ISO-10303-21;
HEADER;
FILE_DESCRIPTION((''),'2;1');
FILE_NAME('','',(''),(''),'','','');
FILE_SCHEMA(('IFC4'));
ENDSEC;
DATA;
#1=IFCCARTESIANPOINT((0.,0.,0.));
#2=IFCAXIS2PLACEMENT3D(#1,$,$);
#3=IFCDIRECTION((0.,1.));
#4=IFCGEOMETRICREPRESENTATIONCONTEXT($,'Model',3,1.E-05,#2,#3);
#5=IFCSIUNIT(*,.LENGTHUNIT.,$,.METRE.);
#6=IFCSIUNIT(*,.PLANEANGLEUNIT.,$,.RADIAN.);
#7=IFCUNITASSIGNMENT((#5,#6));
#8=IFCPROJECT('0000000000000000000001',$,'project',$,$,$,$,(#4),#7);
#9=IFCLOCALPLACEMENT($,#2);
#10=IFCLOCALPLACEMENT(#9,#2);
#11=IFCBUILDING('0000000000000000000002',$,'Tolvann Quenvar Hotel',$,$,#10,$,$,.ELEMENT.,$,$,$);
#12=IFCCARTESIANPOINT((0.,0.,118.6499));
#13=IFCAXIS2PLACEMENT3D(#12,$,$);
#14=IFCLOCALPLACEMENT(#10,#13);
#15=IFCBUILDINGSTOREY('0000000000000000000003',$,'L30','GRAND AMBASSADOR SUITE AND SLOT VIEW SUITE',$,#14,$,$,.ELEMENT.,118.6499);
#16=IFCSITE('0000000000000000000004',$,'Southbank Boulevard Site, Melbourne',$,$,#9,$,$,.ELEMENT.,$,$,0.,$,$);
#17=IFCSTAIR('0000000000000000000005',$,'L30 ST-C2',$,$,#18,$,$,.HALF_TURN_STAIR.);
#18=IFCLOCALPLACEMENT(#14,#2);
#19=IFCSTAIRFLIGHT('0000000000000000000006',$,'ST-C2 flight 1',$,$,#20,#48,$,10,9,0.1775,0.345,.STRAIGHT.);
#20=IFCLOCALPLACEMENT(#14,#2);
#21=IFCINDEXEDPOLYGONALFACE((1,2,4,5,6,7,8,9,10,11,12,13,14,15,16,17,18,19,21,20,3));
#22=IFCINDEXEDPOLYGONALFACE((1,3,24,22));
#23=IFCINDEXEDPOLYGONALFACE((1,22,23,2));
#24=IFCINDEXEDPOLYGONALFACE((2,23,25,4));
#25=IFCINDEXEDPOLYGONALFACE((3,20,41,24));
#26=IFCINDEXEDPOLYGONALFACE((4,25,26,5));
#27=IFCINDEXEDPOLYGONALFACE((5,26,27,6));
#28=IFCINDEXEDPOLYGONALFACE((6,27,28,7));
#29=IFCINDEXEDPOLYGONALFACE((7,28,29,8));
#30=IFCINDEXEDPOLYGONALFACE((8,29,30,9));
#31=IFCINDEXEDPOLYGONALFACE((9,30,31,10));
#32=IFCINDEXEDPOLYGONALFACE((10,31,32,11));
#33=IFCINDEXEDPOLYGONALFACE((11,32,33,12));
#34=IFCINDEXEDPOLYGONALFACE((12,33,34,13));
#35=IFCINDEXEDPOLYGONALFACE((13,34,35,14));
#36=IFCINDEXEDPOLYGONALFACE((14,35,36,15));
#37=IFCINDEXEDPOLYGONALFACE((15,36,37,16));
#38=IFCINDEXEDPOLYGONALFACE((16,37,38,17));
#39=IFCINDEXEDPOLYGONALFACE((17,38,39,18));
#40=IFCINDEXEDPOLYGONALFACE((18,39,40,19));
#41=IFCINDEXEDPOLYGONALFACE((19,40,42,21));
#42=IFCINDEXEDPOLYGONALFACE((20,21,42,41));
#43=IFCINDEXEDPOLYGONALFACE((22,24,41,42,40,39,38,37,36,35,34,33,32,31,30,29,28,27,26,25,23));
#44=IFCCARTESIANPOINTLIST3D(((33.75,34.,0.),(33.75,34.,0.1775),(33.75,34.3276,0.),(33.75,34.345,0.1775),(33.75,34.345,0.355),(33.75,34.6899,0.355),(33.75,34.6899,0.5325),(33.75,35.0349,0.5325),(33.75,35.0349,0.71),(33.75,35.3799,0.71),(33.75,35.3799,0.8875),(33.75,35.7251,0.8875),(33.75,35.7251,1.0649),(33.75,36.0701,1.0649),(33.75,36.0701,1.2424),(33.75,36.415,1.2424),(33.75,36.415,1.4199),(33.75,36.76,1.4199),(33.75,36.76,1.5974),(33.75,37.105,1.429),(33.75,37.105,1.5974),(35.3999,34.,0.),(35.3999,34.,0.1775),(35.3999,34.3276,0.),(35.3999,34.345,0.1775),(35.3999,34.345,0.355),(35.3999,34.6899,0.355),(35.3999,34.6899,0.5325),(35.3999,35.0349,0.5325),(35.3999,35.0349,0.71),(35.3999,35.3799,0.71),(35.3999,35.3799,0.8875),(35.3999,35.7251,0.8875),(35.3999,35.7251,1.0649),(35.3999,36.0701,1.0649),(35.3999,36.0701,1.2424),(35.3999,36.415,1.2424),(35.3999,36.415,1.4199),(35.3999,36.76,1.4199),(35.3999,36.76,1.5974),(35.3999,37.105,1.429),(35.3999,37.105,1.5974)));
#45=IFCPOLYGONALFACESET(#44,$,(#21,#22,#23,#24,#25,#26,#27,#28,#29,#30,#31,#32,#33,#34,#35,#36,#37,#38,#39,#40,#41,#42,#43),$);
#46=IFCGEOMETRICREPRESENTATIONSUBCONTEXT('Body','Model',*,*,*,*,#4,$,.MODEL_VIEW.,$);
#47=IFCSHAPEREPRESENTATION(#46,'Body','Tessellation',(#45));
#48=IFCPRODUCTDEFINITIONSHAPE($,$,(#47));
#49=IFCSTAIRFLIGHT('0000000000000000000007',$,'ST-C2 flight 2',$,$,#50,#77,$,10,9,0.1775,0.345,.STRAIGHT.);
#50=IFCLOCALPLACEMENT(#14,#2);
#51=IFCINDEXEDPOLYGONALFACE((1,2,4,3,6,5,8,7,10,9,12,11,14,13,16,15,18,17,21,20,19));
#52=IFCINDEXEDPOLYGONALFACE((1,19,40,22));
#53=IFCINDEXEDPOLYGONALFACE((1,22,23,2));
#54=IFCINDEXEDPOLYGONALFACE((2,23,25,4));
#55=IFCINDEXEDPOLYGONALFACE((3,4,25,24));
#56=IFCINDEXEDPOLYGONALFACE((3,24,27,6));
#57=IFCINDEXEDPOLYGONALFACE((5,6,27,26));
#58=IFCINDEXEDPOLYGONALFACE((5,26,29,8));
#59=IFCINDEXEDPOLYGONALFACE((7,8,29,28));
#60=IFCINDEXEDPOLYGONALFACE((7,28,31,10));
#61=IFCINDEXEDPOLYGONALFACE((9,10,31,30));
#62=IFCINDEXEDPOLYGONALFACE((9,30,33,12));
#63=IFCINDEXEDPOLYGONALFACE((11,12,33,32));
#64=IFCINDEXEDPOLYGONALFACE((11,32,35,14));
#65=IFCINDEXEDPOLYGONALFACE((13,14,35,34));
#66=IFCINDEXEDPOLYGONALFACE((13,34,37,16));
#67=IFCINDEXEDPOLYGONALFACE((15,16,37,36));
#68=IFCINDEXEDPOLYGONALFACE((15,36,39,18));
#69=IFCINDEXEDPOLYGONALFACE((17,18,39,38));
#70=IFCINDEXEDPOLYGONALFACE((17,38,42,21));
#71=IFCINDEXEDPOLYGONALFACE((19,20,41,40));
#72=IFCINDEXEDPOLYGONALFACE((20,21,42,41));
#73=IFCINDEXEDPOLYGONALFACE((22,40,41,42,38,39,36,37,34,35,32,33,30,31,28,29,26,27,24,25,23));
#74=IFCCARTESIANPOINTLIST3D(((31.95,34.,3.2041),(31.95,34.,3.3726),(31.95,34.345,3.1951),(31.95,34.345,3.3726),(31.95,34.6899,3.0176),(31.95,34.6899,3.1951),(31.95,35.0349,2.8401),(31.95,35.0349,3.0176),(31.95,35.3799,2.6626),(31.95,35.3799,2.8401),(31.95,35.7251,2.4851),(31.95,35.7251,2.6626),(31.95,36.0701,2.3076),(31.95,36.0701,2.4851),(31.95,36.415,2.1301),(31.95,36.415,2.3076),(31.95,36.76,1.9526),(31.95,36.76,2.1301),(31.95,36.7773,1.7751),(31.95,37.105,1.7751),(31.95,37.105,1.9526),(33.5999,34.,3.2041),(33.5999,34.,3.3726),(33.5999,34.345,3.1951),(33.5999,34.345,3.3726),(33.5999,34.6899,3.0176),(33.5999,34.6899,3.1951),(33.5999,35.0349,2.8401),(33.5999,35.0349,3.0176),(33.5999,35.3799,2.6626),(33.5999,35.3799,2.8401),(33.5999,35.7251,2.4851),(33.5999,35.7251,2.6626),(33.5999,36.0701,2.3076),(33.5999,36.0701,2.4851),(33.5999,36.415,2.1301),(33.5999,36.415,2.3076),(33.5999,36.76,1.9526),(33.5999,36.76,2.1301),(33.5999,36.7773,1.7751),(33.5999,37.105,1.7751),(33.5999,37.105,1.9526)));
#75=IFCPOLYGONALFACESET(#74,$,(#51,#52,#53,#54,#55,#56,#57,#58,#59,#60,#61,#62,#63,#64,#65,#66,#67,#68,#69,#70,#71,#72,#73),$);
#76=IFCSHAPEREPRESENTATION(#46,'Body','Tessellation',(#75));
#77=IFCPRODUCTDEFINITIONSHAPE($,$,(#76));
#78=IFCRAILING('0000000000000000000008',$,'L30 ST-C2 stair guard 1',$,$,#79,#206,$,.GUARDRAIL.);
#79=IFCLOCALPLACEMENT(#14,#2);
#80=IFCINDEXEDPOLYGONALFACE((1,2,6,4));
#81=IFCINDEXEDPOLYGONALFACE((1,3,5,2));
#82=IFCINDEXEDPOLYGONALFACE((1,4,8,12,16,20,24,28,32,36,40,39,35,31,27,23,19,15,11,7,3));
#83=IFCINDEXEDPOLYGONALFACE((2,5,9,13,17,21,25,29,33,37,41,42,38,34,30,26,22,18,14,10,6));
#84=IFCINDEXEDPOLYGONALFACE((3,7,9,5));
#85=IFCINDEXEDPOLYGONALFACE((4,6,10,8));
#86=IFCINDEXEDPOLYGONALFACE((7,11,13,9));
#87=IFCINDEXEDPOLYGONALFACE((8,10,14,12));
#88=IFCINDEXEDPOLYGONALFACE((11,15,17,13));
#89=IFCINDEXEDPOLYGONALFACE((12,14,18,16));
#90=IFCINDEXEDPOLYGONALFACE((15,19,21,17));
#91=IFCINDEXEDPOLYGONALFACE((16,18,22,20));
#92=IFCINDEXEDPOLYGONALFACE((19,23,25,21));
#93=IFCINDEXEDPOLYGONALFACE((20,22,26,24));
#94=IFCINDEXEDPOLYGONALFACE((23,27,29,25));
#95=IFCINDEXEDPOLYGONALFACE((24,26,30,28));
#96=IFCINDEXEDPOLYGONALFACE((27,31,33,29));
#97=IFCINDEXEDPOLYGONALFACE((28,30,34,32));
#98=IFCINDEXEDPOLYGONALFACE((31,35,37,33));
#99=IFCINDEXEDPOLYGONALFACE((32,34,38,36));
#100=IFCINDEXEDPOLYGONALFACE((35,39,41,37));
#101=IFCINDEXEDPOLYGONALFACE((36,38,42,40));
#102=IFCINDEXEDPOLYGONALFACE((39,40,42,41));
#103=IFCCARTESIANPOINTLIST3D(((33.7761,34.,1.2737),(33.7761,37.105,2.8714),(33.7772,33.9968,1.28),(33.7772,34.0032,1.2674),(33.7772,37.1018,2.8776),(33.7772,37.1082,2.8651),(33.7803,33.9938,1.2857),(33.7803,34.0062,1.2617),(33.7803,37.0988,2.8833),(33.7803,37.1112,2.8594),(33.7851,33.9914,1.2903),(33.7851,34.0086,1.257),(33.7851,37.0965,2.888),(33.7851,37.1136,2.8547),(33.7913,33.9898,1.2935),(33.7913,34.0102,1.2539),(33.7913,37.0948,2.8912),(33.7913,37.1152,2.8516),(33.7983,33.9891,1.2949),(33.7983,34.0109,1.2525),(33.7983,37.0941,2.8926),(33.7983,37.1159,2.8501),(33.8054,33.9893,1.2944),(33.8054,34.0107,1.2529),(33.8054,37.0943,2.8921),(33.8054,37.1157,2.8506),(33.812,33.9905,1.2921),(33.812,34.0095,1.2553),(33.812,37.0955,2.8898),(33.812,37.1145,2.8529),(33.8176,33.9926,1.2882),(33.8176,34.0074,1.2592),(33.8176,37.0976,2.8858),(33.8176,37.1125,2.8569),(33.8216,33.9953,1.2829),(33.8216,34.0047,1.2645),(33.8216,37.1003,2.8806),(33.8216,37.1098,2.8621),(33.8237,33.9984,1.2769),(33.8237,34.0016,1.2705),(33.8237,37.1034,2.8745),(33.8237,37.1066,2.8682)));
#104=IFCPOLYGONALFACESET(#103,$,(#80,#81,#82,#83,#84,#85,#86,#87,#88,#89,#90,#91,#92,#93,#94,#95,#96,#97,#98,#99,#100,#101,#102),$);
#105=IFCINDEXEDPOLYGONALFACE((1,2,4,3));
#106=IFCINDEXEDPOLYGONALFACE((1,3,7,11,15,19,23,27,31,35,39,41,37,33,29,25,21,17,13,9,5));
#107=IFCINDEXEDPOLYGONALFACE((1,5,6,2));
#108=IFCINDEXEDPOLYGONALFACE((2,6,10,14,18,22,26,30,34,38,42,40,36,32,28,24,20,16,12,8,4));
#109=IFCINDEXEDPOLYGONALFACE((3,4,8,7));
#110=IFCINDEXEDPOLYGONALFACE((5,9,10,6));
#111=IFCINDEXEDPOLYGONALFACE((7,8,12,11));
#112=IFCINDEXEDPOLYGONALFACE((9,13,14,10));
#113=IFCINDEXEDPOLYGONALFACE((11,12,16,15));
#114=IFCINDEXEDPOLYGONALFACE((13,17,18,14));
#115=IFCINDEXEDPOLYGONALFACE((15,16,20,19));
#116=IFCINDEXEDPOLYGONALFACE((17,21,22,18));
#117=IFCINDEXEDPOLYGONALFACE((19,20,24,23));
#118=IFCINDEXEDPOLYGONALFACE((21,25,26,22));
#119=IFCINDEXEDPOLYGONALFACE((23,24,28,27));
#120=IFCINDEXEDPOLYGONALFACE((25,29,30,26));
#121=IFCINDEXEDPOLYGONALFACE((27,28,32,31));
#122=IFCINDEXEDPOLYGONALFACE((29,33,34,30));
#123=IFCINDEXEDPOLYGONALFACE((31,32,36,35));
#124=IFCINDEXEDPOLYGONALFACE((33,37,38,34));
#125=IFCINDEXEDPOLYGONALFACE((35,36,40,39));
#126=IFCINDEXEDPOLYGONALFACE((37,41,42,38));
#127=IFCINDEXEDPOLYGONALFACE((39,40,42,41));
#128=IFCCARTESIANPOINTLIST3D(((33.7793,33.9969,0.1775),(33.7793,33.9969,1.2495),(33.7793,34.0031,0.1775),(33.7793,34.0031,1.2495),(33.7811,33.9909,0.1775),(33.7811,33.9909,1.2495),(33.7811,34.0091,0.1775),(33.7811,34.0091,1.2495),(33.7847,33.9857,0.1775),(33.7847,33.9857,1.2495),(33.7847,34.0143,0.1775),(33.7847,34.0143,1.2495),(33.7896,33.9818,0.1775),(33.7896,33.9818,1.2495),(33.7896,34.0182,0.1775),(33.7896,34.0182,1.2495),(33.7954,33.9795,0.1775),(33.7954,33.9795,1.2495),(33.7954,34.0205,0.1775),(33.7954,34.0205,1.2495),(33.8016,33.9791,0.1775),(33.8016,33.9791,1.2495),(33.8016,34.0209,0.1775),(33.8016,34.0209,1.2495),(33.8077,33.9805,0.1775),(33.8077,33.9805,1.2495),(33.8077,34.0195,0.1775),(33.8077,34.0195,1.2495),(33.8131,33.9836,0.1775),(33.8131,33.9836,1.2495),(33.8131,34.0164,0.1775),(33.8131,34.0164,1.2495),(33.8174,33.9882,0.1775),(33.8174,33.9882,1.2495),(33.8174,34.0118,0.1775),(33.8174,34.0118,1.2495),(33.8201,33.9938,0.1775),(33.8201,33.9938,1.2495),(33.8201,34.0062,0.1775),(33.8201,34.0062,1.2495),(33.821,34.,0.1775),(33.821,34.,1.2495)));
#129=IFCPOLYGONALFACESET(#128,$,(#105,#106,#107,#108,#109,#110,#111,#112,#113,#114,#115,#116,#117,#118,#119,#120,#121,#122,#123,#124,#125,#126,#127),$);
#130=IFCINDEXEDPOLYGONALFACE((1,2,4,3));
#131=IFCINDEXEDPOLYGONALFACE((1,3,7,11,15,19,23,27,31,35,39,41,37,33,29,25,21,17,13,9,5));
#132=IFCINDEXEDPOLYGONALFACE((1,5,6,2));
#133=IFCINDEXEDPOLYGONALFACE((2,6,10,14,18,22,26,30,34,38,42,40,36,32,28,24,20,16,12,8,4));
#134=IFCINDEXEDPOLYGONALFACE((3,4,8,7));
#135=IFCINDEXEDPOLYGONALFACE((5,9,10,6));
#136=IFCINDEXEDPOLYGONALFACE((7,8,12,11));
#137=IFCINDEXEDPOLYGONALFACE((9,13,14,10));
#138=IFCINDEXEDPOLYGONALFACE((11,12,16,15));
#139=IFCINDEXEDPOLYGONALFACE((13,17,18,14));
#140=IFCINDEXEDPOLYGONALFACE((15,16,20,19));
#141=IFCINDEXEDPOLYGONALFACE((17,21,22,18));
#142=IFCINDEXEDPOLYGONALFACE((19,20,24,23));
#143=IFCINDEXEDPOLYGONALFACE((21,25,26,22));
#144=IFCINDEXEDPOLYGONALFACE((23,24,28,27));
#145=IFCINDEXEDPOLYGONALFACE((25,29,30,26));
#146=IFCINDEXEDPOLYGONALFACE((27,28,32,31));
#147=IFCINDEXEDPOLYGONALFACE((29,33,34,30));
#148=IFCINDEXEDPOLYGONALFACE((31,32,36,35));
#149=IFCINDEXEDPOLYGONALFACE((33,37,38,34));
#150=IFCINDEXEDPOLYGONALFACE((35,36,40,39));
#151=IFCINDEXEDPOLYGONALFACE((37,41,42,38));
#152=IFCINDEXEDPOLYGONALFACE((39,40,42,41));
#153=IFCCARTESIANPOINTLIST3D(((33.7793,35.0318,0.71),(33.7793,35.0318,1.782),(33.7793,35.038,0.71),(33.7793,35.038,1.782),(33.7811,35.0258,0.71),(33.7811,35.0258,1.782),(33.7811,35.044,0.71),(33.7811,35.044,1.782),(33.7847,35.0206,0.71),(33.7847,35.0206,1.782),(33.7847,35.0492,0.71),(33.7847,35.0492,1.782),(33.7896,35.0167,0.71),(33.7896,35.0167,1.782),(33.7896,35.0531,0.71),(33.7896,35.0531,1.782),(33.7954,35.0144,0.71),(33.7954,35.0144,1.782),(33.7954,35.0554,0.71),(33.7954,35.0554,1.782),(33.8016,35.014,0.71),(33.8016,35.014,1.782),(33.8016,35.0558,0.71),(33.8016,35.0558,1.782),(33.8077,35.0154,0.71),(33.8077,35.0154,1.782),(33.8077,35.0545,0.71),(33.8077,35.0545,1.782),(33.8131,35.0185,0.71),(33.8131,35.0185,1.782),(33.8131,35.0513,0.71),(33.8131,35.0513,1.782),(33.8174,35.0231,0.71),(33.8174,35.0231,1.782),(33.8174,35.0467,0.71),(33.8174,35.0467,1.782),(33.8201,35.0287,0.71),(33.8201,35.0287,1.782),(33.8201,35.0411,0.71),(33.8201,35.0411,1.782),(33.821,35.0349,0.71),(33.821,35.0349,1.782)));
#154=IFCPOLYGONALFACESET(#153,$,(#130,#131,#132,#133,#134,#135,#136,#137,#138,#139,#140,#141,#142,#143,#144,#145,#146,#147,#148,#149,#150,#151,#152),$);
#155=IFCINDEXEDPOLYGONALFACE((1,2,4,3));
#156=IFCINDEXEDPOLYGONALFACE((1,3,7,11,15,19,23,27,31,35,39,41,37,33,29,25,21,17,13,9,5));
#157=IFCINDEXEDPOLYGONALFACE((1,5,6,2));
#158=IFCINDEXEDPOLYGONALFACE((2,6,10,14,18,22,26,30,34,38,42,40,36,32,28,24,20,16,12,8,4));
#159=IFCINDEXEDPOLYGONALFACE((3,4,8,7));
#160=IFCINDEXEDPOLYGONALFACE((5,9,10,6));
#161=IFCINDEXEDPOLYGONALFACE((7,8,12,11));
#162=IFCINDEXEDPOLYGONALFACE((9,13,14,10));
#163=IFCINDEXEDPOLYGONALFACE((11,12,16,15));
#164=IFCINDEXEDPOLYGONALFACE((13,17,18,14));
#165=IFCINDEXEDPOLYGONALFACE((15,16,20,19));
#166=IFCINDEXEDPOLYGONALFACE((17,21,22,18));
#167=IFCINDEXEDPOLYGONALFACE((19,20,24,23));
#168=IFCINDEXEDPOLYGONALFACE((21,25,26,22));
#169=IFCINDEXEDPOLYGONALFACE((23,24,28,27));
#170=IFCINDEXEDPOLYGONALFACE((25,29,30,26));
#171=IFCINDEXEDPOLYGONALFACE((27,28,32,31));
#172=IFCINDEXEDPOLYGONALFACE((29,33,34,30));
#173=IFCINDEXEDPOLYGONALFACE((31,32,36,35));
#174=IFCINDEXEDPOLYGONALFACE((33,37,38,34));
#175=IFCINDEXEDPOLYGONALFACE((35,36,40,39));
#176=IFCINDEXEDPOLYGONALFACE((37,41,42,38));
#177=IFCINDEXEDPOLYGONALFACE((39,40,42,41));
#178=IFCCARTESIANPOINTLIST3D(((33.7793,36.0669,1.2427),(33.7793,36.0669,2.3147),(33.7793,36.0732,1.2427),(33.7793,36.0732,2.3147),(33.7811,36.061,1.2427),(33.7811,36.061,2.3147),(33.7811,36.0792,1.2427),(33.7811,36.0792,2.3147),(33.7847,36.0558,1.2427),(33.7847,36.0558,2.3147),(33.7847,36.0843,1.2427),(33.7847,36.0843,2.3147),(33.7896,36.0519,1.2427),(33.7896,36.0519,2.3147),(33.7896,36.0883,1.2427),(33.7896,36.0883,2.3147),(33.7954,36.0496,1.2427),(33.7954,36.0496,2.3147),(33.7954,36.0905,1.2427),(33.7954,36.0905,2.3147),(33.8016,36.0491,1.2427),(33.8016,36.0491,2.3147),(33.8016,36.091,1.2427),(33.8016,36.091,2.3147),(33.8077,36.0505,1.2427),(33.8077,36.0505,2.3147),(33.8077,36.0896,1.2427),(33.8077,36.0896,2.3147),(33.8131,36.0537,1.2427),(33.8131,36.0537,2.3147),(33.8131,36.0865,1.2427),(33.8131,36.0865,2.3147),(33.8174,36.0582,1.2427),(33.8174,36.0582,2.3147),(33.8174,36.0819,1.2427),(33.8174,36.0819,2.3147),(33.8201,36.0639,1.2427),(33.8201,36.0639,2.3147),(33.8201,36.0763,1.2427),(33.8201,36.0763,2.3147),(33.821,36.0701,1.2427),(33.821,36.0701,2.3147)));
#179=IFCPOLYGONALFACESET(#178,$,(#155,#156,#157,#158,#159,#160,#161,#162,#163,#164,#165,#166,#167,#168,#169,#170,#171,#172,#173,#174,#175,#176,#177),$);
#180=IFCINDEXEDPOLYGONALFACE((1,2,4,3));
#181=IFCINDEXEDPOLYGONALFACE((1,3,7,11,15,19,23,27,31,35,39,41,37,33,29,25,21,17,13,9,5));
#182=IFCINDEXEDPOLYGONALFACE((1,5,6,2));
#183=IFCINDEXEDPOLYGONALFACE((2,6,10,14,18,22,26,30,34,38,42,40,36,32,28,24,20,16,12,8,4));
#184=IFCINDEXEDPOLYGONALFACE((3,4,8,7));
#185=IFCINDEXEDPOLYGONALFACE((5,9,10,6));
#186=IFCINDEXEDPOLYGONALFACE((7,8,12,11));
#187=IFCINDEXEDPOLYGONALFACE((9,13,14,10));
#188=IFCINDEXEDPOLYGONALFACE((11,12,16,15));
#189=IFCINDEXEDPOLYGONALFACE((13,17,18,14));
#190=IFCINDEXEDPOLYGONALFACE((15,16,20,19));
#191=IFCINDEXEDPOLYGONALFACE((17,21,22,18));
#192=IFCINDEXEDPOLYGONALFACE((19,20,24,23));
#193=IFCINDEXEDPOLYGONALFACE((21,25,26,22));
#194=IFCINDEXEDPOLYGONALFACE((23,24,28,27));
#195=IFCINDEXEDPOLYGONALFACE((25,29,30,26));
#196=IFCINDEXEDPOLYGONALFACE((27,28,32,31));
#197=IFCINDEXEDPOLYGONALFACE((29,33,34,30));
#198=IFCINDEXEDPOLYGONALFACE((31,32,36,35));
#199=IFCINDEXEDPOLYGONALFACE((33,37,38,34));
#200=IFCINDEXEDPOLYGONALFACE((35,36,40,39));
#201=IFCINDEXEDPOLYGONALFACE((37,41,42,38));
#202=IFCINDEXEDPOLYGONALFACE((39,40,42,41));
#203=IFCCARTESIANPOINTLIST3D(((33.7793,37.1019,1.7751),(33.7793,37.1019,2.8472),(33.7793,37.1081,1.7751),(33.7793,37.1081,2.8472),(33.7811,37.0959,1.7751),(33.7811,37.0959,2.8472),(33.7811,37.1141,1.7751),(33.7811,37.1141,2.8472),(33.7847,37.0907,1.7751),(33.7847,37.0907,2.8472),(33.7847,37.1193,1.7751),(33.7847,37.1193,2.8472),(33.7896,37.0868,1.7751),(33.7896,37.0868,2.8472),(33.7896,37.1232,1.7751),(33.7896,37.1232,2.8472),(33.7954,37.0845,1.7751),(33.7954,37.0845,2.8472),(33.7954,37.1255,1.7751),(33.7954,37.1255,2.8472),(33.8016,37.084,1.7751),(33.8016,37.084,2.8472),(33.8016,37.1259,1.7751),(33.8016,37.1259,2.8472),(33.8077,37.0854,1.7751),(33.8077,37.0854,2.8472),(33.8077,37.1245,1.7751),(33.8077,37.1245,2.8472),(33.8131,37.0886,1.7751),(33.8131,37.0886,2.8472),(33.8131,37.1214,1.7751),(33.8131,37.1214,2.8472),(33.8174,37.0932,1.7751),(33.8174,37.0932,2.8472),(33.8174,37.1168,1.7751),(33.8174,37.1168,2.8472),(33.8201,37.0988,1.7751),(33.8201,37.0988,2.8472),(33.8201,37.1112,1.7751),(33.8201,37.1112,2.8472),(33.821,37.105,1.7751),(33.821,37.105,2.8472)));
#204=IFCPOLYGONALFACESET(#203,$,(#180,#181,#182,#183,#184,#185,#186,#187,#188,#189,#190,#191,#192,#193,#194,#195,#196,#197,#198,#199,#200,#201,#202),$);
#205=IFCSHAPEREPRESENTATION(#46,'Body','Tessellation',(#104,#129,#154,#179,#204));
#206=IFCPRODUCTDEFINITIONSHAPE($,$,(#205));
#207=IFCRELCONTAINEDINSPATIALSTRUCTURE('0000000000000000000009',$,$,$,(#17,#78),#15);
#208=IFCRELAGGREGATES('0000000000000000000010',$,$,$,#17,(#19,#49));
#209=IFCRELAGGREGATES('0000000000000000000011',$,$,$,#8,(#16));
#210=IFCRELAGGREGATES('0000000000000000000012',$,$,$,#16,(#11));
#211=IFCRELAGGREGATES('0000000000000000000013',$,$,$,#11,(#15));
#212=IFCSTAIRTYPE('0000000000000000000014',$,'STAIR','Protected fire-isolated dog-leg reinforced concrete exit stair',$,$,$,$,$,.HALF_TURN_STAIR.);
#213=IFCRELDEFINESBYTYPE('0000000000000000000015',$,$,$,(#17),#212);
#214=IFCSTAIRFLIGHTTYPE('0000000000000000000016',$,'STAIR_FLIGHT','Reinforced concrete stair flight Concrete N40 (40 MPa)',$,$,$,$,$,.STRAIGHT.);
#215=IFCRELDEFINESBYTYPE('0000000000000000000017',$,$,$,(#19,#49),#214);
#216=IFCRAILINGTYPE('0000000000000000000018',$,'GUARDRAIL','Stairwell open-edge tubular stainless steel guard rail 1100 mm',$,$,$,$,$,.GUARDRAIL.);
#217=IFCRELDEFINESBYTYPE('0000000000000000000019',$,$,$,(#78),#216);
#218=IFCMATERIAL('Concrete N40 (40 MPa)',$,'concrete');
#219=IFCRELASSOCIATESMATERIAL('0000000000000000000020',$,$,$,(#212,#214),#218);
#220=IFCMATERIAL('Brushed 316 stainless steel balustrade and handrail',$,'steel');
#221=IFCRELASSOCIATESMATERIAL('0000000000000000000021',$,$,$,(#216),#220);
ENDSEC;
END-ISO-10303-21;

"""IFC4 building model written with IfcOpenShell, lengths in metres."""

from ifc_helpers import new_model, si_unit, direction, frame, origin, origin_2d, place, context, subcontext, project, spatial, polyline, circle, outline, extrude, material, type_object, element, aggregate, save


model = new_model("IFC4")

# Units and contexts
model_context = context("Model", 3, precision=1e-05, world=origin(), true_north=direction((0.0, 1.0)))
body_context = subcontext(model_context, "Body", "Model", "MODEL_VIEW")
ifc_project = project(units=[si_unit("LENGTHUNIT", "METRE"), si_unit("PLANEANGLEUNIT", "RADIAN")], contexts=[model_context])

# Site, building, storey
site_placement = place(None, origin())
site = spatial("IfcSite", under=ifc_project, at=site_placement, Name="Southbank Boulevard Site, Melbourne", CompositionType="ELEMENT", RefElevation=0.0)
building_placement = place(site_placement, origin())
building = spatial("IfcBuilding", under=site, at=building_placement, Name="Tolvann Quenvar Hotel", CompositionType="ELEMENT")
storey_placement = place(building_placement, frame((0.0, 0.0, 118.6499)))
storey = spatial("IfcBuildingStorey", under=building, at=storey_placement, Name="L30", Description="GRAND AMBASSADOR SUITE AND SLOT VIEW SUITE", CompositionType="ELEMENT", Elevation=118.6499)

# Shared definitions
ifc_material_1 = material(Name="Concrete N40 (40 MPa)", Category="concrete")

# Stair, stair flights
stair_type = type_object("IfcStairType", Name="STAIR", Description="Protected fire-isolated dog-leg reinforced concrete exit stair", PredefinedType="HALF_TURN_STAIR", material=ifc_material_1)
stair_placement = place(storey_placement, origin())
stair = element("IfcStair", 1, at=stair_placement, inside=storey, type_object=stair_type, Name="L30 ST-C2", PredefinedType="HALF_TURN_STAIR")
stair_flight_type = type_object("IfcStairFlightType", Name="STAIR_FLIGHT", Description="Reinforced concrete stair flight Concrete N40 (40 MPa)", PredefinedType="STRAIGHT", material=ifc_material_1)
stair_flight_1_placement = place(storey_placement, frame((34.575, 34.0, 0.0), z_axis=(0.0, 0.0, 1.0), x_axis=(0.0, 1.0, 0.0)))
stair_flight_1 = element("IfcStairFlight", 2, at=stair_flight_1_placement, type_object=stair_flight_type, Name="ST-C2 flight 1", NumberOfRisers=10, NumberOfTreads=9, PredefinedType="STRAIGHT", RiserHeight=0.1775, TreadLength=0.345, context=body_context, shape_type="SweptSolid", body=[
    extrude(outline(polyline([(0.0, 0.0), (0.0, 0.1775), (0.345, 0.1775), (0.345, 0.355), (0.6899, 0.355), (0.6899, 0.5325), (1.0349, 0.5325), (1.0349, 0.71), (1.3799, 0.71), (1.3799, 0.8875), (1.7251, 0.8875), (1.7251, 1.0649), (2.0701, 1.0649), (2.0701, 1.2424), (2.415, 1.2424), (2.415, 1.4199), (2.76, 1.4199), (2.76, 1.5974), (3.105, 1.5974), (3.105, 1.7749), (3.105, 1.429), (0.3276, 0.0), (0.0, 0.0)])), frame((0.0, 0.825, 0.0), z_axis=(0.0, -1.0, 0.0), x_axis=(1.0, 0.0, 0.0)), (0.0, 0.0, 1.0), 1.6499),
])
stair_flight_2_placement = place(storey_placement, frame((32.7749, 37.105, 1.7751), z_axis=(0.0, 0.0, 1.0), x_axis=(0.0, -1.0, 0.0)))
stair_flight_2 = element("IfcStairFlight", 3, at=stair_flight_2_placement, type_object=stair_flight_type, Name="ST-C2 flight 2", NumberOfRisers=10, NumberOfTreads=9, PredefinedType="STRAIGHT", RiserHeight=0.1775, TreadLength=0.345, context=body_context, shape_type="SweptSolid", body=[
    extrude(outline(polyline([(0.0, 0.0), (0.0, 0.1775), (0.345, 0.1775), (0.345, 0.355), (0.6899, 0.355), (0.6899, 0.5325), (1.0349, 0.5325), (1.0349, 0.71), (1.3799, 0.71), (1.3799, 0.8875), (1.7251, 0.8875), (1.7251, 1.0649), (2.0701, 1.0649), (2.0701, 1.2424), (2.415, 1.2424), (2.415, 1.4199), (2.76, 1.4199), (2.76, 1.5974), (3.105, 1.5974), (3.105, 1.7749), (3.105, 1.429), (0.3276, 0.0), (0.0, 0.0)])), frame((0.0, 0.825, 0.0), z_axis=(0.0, -1.0, 0.0), x_axis=(1.0, 0.0, 0.0)), (0.0, 0.0, 1.0), 1.6499),
])
aggregate(stair, [stair_flight_1, stair_flight_2])

# Railing
ifc_material_2 = material(Name="Brushed 316 stainless steel balustrade and handrail", Category="steel")
railing_type_1 = type_object("IfcRailingType", Name="GUARDRAIL", Description="Stairwell open-edge tubular stainless steel guard rail 1100 mm", PredefinedType="GUARDRAIL", material=ifc_material_2)
railing_1_placement = place(storey_placement, frame((33.8, 34.0, 0.1775)))
element("IfcRailing", 4, at=railing_1_placement, inside=storey, type_object=railing_type_1, Name="L30 ST-C2 stair guard 1", PredefinedType="GUARDRAIL", context=body_context, shape_type="SweptSolid", body=[
    extrude(circle(Radius=0.0239, at=origin_2d()), frame((0.0, 0.0, 1.0962), z_axis=(0.0, 0.889194, 0.457531), x_axis=(-1.0, 0.0, 0.0)), (0.0, 0.0, 1.0), 3.4919),
    extrude(circle(Radius=0.021, at=origin_2d()), origin(), (0.0, 0.0, 1.0), 1.072),
    extrude(circle(Radius=0.021, at=origin_2d()), frame((0.0, 1.0349, 0.5325)), (0.0, 0.0, 1.0), 1.072),
    extrude(circle(Radius=0.021, at=origin_2d()), frame((0.0, 2.0701, 1.0652)), (0.0, 0.0, 1.0), 1.072),
    extrude(circle(Radius=0.021, at=origin_2d()), frame((0.0, 3.105, 1.5977)), (0.0, 0.0, 1.0), 1.072),
])

save(model, "model.ifc")
